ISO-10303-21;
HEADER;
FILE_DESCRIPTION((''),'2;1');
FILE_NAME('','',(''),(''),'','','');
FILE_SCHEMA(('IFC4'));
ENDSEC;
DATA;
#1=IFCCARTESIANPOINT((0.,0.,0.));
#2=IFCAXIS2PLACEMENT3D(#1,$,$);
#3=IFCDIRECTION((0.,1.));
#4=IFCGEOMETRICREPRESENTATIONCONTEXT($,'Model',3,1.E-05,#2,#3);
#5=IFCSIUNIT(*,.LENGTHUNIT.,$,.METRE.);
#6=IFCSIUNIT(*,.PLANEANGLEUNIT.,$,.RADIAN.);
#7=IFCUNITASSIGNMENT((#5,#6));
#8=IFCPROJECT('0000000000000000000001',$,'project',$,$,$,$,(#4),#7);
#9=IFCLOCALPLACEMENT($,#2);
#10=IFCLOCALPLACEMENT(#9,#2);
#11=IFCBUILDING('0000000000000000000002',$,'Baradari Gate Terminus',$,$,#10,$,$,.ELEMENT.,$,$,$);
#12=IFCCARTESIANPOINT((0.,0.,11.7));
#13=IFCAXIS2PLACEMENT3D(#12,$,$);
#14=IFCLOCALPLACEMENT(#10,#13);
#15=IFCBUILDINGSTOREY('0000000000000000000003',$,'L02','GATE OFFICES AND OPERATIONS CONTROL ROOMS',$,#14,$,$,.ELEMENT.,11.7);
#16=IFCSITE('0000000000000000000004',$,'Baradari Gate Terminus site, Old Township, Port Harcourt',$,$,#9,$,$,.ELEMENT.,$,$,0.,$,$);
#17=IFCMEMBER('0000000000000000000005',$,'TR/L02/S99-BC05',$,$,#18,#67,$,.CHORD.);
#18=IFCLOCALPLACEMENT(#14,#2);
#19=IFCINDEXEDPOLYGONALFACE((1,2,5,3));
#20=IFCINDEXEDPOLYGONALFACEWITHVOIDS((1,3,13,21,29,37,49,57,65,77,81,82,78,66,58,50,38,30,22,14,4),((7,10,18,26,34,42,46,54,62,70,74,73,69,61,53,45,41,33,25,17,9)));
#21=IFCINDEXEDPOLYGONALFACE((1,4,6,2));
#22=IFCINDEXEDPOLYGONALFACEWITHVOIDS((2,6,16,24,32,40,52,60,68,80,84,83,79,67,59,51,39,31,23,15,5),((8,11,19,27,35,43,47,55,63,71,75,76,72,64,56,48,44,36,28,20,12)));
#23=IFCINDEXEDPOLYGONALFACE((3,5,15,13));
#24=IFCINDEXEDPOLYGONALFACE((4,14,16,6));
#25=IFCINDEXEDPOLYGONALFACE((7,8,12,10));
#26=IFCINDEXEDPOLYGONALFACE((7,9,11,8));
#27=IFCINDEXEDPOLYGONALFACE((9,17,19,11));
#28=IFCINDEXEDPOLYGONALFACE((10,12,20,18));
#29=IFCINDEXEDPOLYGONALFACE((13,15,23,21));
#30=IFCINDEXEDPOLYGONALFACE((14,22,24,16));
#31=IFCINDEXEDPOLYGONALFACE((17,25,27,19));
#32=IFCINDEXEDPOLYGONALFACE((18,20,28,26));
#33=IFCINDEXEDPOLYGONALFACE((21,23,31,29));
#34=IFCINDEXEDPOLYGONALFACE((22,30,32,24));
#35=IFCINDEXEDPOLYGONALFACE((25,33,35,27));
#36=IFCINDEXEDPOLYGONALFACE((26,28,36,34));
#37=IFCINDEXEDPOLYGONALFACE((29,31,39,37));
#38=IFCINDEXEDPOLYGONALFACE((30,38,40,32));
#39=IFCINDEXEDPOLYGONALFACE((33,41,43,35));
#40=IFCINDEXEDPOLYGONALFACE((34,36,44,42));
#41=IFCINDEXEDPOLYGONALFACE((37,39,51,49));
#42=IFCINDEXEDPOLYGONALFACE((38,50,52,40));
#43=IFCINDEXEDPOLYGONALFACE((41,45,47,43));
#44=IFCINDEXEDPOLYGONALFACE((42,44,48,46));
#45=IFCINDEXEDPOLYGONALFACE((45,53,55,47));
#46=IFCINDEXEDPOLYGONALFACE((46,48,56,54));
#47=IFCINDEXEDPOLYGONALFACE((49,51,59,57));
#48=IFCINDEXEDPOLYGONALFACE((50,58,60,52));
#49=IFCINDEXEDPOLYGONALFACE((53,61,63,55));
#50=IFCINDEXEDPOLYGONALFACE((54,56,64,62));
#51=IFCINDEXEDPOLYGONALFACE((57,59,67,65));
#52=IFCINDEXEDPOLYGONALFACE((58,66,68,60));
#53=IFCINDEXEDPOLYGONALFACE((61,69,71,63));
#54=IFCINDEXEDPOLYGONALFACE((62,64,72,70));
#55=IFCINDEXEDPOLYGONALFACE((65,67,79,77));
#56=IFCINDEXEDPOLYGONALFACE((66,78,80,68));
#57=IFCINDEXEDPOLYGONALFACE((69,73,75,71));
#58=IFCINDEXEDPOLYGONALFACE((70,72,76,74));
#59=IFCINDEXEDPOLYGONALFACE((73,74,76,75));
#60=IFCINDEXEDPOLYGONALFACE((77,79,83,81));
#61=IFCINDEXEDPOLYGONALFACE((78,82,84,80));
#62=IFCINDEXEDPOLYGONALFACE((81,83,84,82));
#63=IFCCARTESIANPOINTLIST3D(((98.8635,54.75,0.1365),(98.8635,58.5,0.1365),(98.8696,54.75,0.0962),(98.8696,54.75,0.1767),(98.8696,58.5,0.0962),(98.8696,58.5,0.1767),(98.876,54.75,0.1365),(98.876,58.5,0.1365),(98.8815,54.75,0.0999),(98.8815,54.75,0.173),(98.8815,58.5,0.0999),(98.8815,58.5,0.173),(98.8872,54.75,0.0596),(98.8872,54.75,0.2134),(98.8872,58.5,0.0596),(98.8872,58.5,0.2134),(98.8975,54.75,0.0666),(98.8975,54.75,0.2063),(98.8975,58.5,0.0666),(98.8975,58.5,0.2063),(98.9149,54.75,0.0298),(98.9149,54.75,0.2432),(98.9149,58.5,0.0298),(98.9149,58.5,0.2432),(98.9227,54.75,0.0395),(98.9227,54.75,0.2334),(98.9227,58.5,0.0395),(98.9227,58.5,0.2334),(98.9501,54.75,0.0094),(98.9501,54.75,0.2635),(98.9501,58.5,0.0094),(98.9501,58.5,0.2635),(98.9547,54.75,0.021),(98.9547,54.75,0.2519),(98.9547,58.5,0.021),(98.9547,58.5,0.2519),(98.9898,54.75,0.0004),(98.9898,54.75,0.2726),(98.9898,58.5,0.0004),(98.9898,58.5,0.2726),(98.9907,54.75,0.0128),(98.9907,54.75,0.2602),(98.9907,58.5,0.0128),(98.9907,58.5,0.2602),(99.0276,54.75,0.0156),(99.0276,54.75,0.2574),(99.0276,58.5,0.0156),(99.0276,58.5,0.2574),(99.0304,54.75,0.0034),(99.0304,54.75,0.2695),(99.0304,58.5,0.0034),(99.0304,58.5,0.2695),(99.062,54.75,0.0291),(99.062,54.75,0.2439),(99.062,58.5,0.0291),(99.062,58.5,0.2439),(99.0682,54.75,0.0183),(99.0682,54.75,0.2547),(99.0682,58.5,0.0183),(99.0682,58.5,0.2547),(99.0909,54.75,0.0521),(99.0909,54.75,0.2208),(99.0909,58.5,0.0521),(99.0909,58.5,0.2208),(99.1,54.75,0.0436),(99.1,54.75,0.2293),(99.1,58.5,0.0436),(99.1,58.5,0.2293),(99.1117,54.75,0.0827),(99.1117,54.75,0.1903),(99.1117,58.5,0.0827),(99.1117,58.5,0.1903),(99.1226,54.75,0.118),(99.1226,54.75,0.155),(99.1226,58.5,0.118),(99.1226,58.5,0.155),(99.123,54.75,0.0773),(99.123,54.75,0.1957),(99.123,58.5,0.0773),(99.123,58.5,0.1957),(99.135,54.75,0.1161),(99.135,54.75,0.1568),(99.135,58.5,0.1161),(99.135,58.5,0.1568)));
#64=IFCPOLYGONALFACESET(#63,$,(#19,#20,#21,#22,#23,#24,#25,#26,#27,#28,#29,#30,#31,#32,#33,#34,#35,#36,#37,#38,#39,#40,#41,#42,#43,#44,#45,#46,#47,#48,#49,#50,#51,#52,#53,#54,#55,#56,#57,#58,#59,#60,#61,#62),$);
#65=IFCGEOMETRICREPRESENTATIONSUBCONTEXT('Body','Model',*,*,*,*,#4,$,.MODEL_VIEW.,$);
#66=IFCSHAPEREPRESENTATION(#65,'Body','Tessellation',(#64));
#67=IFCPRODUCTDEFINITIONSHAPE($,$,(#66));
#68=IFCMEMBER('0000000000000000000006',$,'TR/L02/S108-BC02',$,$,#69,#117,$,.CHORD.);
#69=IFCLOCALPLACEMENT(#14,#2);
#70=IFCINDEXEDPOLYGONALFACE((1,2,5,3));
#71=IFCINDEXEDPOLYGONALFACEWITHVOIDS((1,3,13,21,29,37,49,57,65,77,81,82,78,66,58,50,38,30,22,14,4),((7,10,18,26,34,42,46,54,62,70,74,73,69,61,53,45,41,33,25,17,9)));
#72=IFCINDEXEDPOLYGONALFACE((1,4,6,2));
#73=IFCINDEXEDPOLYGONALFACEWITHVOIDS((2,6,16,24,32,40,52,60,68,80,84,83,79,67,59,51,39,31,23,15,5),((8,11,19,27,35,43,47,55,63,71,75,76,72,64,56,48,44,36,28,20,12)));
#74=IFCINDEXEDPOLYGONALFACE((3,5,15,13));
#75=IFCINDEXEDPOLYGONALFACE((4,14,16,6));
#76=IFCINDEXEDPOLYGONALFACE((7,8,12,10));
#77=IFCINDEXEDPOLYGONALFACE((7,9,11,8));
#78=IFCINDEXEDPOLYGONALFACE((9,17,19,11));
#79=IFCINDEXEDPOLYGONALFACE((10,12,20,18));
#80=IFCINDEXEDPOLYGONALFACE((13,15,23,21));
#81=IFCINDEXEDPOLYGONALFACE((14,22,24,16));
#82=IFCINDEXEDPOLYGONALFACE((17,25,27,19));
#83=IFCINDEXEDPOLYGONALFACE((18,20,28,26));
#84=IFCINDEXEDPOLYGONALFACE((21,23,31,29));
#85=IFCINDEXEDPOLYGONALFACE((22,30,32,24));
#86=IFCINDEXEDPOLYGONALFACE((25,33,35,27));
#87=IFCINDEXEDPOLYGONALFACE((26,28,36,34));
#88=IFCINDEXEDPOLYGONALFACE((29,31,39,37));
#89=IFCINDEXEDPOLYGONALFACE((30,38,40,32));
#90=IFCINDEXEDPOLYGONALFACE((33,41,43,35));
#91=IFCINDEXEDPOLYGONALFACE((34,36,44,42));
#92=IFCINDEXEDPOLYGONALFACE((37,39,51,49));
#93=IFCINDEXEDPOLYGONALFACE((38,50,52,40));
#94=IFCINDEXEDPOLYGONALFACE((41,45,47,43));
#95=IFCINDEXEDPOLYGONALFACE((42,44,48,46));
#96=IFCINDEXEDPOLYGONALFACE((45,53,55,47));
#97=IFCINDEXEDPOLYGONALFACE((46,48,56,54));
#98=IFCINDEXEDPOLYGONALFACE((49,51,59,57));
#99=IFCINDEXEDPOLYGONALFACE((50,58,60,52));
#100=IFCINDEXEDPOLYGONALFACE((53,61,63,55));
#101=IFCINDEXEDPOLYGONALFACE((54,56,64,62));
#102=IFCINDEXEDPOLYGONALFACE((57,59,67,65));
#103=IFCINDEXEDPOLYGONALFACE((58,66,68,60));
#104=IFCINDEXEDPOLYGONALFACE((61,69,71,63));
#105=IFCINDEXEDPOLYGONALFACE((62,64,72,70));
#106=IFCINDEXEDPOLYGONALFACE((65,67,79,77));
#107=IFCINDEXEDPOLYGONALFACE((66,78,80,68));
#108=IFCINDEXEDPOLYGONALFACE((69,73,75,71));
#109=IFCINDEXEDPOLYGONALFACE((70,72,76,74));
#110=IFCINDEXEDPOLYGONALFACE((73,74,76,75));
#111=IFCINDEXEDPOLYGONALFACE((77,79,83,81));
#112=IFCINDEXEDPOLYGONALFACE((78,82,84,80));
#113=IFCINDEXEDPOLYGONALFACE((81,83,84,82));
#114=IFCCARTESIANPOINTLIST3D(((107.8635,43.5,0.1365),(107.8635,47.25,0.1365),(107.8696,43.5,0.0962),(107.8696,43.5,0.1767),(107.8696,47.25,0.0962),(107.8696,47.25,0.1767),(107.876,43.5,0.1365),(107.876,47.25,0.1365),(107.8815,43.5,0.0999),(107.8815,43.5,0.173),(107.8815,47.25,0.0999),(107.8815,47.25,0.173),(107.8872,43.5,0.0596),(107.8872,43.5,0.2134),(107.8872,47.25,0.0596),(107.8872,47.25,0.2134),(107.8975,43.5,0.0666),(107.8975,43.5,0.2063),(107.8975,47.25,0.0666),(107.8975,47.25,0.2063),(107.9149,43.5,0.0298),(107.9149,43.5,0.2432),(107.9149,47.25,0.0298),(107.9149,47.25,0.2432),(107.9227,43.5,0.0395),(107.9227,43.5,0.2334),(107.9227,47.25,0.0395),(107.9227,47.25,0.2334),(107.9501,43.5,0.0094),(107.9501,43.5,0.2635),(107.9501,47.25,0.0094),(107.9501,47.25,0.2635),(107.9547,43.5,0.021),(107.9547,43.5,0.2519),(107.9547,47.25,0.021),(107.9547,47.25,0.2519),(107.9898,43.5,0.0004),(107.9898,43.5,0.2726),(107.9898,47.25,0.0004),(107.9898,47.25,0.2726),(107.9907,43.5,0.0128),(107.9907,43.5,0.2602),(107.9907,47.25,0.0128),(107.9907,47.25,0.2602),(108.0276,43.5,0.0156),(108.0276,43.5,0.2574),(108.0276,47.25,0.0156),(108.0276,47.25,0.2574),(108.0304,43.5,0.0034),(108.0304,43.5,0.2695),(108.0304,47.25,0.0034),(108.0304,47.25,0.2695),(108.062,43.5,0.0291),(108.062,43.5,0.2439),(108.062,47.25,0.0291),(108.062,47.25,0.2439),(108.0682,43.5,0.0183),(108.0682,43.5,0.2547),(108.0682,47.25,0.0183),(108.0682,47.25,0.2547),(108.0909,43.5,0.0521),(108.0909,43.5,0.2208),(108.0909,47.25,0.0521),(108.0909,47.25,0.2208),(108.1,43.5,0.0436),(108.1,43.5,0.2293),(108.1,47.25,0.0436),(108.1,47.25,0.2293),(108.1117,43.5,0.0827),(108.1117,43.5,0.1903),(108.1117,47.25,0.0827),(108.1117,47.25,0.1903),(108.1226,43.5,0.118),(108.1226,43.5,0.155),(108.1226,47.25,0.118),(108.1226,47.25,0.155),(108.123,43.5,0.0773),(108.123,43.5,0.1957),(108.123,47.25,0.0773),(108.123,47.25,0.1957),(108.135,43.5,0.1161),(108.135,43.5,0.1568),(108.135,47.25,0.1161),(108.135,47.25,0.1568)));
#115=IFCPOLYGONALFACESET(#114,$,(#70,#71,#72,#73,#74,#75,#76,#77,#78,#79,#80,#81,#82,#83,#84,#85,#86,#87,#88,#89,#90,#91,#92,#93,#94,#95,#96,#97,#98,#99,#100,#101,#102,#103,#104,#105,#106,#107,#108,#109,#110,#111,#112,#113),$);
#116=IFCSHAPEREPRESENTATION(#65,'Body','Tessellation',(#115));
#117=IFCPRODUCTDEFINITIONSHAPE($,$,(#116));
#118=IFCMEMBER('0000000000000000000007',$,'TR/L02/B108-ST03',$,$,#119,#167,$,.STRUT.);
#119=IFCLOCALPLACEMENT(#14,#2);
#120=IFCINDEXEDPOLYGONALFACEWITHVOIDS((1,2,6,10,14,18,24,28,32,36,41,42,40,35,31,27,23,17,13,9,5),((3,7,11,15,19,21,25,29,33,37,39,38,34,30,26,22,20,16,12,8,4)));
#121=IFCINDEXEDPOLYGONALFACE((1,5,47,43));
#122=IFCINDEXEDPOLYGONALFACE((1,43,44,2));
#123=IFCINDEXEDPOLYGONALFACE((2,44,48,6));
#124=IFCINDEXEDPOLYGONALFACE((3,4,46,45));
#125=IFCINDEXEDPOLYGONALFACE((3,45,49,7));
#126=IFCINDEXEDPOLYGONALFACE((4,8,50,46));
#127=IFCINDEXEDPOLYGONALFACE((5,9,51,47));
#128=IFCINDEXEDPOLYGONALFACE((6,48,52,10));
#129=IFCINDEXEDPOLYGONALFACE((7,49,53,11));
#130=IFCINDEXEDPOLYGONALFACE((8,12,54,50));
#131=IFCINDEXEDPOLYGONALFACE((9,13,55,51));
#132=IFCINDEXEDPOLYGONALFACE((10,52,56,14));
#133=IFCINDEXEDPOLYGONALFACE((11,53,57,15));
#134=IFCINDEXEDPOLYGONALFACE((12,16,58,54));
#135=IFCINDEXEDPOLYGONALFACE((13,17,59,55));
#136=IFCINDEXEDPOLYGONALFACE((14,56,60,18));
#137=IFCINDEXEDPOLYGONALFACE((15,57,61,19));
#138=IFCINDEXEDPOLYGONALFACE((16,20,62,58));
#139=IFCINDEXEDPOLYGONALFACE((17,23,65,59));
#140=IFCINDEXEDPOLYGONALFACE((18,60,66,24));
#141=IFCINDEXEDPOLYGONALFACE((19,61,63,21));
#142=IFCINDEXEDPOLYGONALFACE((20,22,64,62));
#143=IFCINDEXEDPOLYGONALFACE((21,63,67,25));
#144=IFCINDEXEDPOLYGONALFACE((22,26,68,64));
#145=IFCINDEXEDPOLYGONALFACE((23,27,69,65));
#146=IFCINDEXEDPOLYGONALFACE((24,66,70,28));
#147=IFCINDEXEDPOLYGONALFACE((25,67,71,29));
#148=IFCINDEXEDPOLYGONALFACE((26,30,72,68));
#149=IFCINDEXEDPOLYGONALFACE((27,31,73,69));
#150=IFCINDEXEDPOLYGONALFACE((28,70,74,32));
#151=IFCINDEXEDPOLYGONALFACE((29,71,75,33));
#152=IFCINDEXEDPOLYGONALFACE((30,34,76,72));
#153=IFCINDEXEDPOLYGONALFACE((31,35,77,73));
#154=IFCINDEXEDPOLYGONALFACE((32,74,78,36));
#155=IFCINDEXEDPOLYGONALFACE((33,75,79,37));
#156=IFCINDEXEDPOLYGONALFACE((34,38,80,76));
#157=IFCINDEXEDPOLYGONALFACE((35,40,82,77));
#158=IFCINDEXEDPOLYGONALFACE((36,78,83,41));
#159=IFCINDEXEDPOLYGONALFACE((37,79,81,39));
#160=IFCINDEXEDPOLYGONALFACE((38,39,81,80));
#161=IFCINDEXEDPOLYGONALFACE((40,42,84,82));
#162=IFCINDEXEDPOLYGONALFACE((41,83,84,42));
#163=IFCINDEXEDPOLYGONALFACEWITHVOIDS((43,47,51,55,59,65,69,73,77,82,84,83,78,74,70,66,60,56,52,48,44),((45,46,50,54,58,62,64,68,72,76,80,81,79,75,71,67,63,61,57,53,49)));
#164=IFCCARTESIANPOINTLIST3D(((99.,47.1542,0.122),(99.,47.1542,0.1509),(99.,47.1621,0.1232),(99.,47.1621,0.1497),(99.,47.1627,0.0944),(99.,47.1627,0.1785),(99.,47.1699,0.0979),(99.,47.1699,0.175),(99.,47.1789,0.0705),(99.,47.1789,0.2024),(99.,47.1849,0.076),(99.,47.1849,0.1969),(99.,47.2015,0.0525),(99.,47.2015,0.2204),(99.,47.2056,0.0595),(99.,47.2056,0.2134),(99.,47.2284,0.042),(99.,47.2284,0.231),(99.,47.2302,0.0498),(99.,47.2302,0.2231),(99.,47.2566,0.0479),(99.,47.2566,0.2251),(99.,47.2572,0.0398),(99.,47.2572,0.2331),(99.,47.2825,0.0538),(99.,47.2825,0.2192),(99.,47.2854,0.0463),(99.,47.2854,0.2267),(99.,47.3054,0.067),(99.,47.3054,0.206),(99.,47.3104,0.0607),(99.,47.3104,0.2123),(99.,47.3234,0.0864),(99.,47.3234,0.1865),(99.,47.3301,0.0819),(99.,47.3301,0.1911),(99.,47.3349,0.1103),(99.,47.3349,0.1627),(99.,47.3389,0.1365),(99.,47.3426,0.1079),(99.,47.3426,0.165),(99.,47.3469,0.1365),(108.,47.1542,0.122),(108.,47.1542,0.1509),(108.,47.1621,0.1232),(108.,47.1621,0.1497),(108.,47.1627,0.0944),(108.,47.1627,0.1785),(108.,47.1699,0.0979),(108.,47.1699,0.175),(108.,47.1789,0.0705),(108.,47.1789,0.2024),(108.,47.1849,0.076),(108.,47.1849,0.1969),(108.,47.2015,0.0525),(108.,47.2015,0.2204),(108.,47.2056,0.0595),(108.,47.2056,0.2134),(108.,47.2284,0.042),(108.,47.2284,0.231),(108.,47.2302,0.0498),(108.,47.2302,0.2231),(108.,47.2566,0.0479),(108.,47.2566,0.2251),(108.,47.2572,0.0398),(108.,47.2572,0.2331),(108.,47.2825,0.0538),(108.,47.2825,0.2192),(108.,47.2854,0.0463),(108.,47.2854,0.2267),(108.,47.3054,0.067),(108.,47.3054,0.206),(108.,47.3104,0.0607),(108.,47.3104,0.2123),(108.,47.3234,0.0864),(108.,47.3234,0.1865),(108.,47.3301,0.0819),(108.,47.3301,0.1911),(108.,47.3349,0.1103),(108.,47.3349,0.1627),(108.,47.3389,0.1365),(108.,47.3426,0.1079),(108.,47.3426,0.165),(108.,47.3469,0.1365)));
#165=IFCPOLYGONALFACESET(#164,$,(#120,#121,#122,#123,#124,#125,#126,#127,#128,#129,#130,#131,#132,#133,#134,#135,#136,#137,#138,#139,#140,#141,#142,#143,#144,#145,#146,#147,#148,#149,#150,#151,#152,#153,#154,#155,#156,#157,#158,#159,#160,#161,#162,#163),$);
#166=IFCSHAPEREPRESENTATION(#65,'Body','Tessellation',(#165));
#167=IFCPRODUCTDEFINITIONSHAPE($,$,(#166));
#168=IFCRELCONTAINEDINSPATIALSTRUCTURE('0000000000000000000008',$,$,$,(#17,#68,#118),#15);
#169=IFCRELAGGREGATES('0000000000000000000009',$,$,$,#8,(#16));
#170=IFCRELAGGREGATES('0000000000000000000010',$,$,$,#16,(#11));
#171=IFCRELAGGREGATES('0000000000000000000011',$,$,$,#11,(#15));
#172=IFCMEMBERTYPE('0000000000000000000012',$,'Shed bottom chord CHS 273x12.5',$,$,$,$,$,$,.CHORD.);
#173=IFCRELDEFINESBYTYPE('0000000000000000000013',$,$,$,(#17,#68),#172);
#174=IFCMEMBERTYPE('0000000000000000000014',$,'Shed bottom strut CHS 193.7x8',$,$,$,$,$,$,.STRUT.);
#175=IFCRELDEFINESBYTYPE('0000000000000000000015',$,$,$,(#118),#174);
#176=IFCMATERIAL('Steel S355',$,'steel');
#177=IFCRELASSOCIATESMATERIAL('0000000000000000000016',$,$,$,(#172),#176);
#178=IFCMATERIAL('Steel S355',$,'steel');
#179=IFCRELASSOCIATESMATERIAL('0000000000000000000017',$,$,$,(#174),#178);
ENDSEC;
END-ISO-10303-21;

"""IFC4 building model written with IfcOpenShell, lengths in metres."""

from ifc_helpers import new_model, si_unit, direction, frame, origin, origin_2d, place, context, subcontext, project, spatial, hollow_circle, extrude, material, material_profile, profile_set, type_object, element, save


model = new_model("IFC4")

# Units and contexts
model_context = context("Model", 3, precision=1e-05, world=origin(), true_north=direction((0.0, 1.0)))
body_context = subcontext(model_context, "Body", "Model", "MODEL_VIEW")
ifc_project = project(units=[si_unit("LENGTHUNIT", "METRE"), si_unit("PLANEANGLEUNIT", "RADIAN")], contexts=[model_context])

# Site, building, storey
site_placement = place(None, origin())
site = spatial("IfcSite", under=ifc_project, at=site_placement, Name="Baradari Gate Terminus site, Old Township, Port Harcourt", CompositionType="ELEMENT", RefElevation=0.0)
building_placement = place(site_placement, origin())
building = spatial("IfcBuilding", under=site, at=building_placement, Name="Baradari Gate Terminus", CompositionType="ELEMENT")
storey_placement = place(building_placement, frame((0.0, 0.0, 11.7)))
storey = spatial("IfcBuildingStorey", under=building, at=storey_placement, Name="L02", Description="GATE OFFICES AND OPERATIONS CONTROL ROOMS", CompositionType="ELEMENT", Elevation=11.7)

# Members
ifc_material_1 = material(Name="Steel S355", Category="steel")
ifc_material_profile_1 = material_profile(ifc_material_1, hollow_circle(Radius=0.1365, WallThickness=0.0125, at=origin_2d()), Name="CHS 273x12.5")
ifc_profile_set_1 = profile_set([ifc_material_profile_1], Name="Steel S355")
member_type_1 = type_object("IfcMemberType", Name="Shed bottom chord CHS 273x12.5", PredefinedType="CHORD", material=ifc_profile_set_1)
for number, where, z_axis, x_axis, name in (
    (1, (99.0, 54.75, 0.1365), (0.0, 1.0, 0.0), (-1.0, 0.0, 0.0), "TR/L02/S99-BC05"),
    (2, (108.0, 43.5, 0.1365), (0.0, 1.0, 0.0), (-1.0, 0.0, 0.0), "TR/L02/S108-BC02"),
):
    element("IfcMember", number, at=place(storey_placement, frame(where, z_axis=z_axis, x_axis=x_axis)), inside=storey, type_object=member_type_1, Name=name, PredefinedType="CHORD", context=body_context, shape_type="SweptSolid", body=[
        extrude(hollow_circle(Radius=0.1365, WallThickness=0.0125, at=origin_2d()), origin(), (0.0, 0.0, 1.0), 3.75),
    ])
ifc_material_2 = material(Name="Steel S355", Category="steel")
ifc_material_profile_2 = material_profile(ifc_material_2, hollow_circle(Radius=0.0969, WallThickness=0.0081, at=origin_2d()), Name="CHS 193.7x8")
ifc_profile_set_2 = profile_set([ifc_material_profile_2], Name="Steel S355")
member_type_2 = type_object("IfcMemberType", Name="Shed bottom strut CHS 193.7x8", PredefinedType="STRUT", material=ifc_profile_set_2)
member_1_placement = place(storey_placement, frame((99.0, 47.25, 0.1365), z_axis=(1.0, 0.0, 0.0), x_axis=(0.0, 1.0, 0.0)))
element("IfcMember", 3, at=member_1_placement, inside=storey, type_object=member_type_2, Name="TR/L02/B108-ST03", PredefinedType="STRUT", context=body_context, shape_type="SweptSolid", body=[
    extrude(hollow_circle(Radius=0.0969, WallThickness=0.0081, at=origin_2d()), origin(), (0.0, 0.0, 1.0), 9.0),
])

save(model, "model.ifc")
